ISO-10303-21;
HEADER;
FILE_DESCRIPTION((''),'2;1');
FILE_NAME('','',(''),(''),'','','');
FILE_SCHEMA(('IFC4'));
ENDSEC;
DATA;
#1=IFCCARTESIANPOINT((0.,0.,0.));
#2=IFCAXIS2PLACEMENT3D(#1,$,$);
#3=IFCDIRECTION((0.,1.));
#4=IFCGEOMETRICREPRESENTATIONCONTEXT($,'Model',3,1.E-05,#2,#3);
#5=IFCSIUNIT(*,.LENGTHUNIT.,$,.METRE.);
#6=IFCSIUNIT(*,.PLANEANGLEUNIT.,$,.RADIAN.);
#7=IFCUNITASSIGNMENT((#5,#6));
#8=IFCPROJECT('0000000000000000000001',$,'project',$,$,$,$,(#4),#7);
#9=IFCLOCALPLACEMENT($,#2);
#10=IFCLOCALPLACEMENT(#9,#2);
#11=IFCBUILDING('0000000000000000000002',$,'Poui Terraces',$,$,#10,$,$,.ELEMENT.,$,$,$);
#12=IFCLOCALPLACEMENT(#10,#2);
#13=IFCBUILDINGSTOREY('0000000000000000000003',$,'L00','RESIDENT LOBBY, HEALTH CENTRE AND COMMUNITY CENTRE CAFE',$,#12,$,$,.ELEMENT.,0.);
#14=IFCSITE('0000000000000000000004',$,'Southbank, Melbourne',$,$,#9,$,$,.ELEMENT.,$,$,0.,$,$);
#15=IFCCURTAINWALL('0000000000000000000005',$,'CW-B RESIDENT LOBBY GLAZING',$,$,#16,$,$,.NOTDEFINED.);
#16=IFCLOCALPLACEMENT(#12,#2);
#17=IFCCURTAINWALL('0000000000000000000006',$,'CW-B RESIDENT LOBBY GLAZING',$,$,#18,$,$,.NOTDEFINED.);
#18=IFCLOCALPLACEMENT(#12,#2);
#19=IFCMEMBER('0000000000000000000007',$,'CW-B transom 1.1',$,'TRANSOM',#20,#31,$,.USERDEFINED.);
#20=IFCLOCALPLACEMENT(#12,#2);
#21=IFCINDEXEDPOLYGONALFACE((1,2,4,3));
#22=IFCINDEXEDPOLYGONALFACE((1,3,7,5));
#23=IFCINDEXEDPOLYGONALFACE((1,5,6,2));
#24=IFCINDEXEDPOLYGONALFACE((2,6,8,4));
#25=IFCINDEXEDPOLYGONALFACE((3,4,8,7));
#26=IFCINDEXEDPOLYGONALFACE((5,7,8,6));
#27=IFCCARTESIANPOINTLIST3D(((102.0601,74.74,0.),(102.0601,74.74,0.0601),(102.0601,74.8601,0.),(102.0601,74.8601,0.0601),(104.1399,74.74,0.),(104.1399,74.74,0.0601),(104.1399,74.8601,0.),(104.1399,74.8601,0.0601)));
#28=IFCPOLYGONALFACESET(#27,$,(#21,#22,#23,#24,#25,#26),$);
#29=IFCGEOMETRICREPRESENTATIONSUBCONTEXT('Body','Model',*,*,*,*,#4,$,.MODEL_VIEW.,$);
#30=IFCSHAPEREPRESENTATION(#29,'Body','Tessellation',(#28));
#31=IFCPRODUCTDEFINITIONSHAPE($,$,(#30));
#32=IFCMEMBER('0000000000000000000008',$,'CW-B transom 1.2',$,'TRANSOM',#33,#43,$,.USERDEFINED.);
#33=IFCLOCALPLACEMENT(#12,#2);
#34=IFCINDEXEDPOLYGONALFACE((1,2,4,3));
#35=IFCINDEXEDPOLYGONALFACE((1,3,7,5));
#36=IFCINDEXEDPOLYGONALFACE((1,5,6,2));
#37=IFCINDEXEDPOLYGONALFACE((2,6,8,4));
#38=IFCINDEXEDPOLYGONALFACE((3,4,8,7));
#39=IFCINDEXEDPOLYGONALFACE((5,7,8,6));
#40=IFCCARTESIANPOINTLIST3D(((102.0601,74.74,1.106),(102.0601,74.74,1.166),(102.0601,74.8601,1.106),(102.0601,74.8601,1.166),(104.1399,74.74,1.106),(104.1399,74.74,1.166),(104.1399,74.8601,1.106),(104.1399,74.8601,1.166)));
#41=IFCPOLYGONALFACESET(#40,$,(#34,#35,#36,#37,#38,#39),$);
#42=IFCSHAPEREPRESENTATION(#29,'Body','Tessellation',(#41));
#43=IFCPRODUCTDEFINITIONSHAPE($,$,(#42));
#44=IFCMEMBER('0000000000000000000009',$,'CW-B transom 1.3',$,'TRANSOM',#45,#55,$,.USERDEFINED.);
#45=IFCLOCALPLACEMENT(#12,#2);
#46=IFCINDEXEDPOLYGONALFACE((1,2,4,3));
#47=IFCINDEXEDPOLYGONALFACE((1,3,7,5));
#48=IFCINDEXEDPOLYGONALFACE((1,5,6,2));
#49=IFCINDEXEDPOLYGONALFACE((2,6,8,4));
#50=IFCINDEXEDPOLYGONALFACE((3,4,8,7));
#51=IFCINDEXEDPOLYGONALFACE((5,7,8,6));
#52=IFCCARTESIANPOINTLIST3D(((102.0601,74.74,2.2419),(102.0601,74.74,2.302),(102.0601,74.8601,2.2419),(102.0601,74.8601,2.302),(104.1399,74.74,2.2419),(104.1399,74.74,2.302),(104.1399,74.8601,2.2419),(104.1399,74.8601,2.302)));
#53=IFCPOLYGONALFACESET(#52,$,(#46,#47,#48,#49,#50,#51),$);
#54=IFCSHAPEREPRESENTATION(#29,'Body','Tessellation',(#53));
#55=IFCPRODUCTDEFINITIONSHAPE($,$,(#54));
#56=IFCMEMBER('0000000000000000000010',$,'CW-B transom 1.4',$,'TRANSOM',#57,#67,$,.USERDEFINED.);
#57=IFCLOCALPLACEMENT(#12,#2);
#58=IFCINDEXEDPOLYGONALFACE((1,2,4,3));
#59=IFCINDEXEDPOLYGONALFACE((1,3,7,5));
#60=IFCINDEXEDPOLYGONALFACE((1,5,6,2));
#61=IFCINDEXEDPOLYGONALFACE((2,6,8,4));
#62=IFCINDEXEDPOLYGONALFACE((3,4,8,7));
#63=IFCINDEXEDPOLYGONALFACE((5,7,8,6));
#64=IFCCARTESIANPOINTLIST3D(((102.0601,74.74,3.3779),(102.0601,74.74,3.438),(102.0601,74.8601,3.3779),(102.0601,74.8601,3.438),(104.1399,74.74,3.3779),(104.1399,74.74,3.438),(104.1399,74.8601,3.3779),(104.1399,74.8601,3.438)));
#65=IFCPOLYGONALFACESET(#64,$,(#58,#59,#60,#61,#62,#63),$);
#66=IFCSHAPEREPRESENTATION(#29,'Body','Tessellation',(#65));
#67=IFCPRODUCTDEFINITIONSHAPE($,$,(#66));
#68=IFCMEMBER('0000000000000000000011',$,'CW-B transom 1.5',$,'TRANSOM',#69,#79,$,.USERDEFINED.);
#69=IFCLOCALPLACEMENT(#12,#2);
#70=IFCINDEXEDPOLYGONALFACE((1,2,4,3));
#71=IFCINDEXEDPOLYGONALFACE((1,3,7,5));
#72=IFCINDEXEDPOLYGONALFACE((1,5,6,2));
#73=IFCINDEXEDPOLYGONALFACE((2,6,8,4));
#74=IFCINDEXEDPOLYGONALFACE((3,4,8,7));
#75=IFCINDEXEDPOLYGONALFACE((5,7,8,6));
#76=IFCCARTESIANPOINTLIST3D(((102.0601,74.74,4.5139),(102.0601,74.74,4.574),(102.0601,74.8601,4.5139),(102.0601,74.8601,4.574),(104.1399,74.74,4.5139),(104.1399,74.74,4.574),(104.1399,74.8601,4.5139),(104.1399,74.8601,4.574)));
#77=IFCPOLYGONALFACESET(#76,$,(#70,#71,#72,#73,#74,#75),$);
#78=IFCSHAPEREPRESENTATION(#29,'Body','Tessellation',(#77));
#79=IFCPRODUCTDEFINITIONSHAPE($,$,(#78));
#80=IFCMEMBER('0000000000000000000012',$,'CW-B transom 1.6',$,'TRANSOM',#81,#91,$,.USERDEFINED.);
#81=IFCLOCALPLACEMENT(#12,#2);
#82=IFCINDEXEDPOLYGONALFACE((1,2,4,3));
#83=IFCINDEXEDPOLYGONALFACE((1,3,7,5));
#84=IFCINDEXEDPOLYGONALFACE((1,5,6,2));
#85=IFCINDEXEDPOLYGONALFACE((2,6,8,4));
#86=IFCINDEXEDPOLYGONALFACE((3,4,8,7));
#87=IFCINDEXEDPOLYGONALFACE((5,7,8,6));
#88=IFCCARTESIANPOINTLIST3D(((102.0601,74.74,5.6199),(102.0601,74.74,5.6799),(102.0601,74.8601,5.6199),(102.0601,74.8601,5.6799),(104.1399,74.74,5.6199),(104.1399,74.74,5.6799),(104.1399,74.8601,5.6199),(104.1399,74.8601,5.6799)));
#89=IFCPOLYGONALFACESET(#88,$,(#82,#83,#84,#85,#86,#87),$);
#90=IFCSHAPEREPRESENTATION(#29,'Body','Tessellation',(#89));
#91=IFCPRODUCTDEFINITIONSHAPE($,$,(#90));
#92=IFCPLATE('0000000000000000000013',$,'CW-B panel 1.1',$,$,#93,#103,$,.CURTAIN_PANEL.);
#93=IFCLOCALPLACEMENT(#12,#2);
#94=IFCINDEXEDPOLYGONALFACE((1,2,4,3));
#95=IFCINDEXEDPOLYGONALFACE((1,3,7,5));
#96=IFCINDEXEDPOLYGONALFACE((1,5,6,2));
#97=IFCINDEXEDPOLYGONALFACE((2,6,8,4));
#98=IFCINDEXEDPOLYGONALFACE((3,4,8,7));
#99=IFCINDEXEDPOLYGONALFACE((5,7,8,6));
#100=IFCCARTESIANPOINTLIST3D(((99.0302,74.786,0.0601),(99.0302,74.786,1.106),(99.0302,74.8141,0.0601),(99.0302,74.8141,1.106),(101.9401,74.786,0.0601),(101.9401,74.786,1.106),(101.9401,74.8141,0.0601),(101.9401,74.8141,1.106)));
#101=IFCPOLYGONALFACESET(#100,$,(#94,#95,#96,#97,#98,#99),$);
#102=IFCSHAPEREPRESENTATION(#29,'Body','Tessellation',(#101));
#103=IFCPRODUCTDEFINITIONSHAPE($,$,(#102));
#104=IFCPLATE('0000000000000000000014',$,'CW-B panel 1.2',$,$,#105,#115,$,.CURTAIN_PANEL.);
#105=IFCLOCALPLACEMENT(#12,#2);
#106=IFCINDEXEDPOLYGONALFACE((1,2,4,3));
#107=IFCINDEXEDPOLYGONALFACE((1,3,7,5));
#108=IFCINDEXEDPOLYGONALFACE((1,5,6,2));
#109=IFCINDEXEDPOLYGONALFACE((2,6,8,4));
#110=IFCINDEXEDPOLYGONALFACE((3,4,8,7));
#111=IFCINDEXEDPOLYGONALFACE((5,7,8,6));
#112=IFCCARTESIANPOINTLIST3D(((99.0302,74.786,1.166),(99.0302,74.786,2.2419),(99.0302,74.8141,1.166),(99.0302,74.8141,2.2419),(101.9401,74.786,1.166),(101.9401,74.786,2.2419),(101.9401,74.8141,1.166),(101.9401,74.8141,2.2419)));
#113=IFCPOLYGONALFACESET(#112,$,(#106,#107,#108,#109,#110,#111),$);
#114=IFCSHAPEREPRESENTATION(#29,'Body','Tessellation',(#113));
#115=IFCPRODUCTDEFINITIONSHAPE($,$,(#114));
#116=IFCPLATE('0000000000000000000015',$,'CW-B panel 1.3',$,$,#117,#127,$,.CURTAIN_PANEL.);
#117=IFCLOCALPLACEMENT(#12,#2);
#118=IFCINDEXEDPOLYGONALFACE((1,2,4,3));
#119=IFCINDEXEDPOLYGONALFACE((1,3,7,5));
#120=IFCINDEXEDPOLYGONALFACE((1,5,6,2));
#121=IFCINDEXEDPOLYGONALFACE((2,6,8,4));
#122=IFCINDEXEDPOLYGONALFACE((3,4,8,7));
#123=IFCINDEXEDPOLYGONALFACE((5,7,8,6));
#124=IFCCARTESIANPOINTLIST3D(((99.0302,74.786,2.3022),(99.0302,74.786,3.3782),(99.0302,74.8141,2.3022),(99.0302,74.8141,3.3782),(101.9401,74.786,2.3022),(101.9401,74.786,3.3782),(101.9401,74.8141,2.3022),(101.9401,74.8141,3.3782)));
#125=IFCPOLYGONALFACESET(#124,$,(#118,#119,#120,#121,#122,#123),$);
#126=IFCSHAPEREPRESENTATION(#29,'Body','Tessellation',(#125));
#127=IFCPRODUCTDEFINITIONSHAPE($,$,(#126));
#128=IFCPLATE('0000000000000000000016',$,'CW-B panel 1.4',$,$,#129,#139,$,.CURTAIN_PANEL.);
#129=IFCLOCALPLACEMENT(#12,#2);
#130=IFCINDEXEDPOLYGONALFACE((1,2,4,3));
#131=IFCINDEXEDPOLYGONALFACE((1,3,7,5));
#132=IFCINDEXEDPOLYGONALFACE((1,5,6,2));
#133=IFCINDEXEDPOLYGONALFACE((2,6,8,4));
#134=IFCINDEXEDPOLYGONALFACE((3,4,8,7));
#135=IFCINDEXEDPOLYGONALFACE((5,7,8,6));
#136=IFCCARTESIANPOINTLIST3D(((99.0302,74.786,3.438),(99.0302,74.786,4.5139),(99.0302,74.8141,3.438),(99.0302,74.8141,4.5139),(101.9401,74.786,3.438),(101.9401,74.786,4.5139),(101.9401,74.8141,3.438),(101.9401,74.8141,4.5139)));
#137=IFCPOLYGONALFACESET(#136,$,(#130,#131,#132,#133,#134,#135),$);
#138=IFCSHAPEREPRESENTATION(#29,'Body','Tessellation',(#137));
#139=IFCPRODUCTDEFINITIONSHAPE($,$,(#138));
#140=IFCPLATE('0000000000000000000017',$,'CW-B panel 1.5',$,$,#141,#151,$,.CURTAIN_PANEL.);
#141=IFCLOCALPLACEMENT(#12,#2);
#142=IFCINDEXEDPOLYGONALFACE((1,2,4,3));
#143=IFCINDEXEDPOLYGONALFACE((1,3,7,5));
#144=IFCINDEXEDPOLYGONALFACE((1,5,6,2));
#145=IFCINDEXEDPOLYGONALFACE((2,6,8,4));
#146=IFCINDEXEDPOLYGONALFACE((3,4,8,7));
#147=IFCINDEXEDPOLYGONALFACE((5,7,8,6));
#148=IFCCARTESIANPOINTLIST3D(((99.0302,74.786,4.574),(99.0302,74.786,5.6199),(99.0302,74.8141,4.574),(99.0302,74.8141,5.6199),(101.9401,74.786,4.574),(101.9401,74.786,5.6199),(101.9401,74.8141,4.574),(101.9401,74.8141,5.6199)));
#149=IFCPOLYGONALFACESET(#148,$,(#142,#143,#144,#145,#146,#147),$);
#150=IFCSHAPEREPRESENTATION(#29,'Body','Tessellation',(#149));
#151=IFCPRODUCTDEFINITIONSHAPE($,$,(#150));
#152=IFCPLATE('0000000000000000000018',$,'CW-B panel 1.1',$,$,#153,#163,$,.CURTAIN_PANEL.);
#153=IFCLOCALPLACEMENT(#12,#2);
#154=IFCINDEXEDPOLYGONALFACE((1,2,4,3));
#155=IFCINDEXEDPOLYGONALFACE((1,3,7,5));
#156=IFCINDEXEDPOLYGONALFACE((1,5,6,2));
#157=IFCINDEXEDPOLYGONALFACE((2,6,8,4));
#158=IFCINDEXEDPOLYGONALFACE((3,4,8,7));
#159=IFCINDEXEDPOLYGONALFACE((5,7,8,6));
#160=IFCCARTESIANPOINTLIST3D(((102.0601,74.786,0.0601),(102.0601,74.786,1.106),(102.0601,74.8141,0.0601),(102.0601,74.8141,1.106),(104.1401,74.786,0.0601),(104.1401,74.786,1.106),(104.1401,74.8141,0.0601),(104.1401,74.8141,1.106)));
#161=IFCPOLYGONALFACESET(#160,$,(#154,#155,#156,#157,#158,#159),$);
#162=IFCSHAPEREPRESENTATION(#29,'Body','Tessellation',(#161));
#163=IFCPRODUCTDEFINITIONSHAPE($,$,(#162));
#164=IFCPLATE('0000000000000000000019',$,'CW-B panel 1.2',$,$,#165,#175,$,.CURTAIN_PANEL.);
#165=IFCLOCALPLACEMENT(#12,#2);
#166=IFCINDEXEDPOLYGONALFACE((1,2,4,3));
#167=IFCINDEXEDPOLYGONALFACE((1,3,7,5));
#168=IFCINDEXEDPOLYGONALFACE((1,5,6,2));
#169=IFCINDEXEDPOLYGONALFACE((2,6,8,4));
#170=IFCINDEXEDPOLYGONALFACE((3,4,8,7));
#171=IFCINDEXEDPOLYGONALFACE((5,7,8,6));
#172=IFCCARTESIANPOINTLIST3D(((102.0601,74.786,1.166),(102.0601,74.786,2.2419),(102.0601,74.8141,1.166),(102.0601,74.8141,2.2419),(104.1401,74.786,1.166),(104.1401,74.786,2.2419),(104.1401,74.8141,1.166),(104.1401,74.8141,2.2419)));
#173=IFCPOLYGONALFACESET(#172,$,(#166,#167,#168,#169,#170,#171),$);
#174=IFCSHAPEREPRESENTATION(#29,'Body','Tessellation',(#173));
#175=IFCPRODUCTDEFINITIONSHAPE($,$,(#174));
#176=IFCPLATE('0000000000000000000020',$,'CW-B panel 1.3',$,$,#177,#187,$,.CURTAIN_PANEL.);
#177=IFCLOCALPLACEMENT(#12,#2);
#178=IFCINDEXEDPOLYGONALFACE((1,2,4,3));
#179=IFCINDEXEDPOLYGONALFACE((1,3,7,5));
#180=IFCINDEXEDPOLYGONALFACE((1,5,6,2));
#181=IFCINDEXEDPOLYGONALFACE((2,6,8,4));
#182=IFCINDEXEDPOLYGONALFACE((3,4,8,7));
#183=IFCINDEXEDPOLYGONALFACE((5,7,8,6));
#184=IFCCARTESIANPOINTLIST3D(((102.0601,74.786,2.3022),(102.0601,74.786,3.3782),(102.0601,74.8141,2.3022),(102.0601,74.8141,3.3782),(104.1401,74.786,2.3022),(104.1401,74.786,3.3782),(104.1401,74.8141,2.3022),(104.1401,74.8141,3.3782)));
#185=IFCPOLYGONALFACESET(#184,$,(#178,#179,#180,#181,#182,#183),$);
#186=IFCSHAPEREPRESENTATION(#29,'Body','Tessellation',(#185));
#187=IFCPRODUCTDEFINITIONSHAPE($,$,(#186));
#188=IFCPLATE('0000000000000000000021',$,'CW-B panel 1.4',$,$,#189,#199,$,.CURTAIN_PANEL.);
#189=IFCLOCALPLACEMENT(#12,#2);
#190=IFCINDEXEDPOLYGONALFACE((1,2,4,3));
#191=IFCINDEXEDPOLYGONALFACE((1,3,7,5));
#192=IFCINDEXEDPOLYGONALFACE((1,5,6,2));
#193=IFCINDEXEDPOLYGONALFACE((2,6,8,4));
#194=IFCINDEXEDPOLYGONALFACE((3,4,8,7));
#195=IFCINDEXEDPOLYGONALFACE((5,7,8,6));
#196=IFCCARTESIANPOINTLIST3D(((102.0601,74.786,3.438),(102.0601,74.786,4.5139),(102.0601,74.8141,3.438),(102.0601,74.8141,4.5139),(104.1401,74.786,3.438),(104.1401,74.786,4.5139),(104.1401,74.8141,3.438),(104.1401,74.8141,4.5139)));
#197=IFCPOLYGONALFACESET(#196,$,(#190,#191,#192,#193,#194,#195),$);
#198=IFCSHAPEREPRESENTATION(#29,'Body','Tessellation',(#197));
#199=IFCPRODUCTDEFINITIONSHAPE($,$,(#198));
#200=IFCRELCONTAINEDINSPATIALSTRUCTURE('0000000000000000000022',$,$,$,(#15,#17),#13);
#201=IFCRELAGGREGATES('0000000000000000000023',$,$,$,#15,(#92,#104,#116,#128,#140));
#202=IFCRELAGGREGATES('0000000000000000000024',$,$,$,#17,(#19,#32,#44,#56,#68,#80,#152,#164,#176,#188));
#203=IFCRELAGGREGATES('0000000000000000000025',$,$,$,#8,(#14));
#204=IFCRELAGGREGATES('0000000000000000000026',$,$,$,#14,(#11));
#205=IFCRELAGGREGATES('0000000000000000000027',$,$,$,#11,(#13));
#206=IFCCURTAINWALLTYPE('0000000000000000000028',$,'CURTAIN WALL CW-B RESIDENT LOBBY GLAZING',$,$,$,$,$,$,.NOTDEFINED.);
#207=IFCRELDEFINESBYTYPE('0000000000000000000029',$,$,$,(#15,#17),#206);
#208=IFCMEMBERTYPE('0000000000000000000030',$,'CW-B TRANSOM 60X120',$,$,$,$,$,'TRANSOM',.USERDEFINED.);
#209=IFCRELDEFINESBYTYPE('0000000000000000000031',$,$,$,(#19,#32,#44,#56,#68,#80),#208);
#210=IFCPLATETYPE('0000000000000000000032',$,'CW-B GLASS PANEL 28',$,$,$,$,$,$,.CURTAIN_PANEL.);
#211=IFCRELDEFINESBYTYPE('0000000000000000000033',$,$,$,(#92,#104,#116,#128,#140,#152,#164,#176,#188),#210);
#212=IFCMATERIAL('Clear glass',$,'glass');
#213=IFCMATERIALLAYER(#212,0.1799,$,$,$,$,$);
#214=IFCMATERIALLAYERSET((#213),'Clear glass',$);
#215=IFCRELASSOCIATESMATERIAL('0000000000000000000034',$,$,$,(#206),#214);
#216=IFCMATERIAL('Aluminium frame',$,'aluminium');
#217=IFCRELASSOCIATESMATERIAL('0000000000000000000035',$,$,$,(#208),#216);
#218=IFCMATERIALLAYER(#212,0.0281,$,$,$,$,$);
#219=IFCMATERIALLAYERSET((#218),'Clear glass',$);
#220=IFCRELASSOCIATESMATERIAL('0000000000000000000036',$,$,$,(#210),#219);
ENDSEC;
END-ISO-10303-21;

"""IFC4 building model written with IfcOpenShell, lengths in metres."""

from ifc_helpers import new_model, si_unit, direction, frame, origin, origin_2d, place, context, subcontext, project, spatial, rectangle, extrude, material, layer, layer_set, material_profile, profile_set, type_object, element, aggregate, save


model = new_model("IFC4")

# Units and contexts
model_context = context("Model", 3, precision=1e-05, world=origin(), true_north=direction((0.0, 1.0)))
body_context = subcontext(model_context, "Body", "Model", "MODEL_VIEW")
ifc_project = project(units=[si_unit("LENGTHUNIT", "METRE"), si_unit("PLANEANGLEUNIT", "RADIAN")], contexts=[model_context])

# Site, building, storey
site_placement = place(None, origin())
site = spatial("IfcSite", under=ifc_project, at=site_placement, Name="Southbank, Melbourne", CompositionType="ELEMENT", RefElevation=0.0)
building_placement = place(site_placement, origin())
building = spatial("IfcBuilding", under=site, at=building_placement, Name="Poui Terraces", CompositionType="ELEMENT")
storey_placement = place(building_placement, origin())
storey = spatial("IfcBuildingStorey", under=building, at=storey_placement, Name="L00", Description="RESIDENT LOBBY, HEALTH CENTRE AND COMMUNITY CENTRE CAFE", CompositionType="ELEMENT", Elevation=0.0)

# Curtain walls
ifc_material_1 = material(Name="Clear glass", Category="glass")
ifc_layer_1 = layer(ifc_material_1, 0.1799)
ifc_layer_set_1 = layer_set([ifc_layer_1], Name="Clear glass")
curtain_wall_type = type_object("IfcCurtainWallType", Name="CURTAIN WALL CW-B RESIDENT LOBBY GLAZING", PredefinedType="NOTDEFINED", material=ifc_layer_set_1)
curtain_wall_1_placement = place(storey_placement, origin())
curtain_wall_1 = element("IfcCurtainWall", 1, at=curtain_wall_1_placement, inside=storey, type_object=curtain_wall_type, Name="CW-B RESIDENT LOBBY GLAZING", PredefinedType="NOTDEFINED")
ifc_material_2 = material(Name="Aluminium frame", Category="aluminium")
curtain_wall_2_placement = place(storey_placement, origin())
curtain_wall_2 = element("IfcCurtainWall", 2, at=curtain_wall_2_placement, inside=storey, type_object=curtain_wall_type, Name="CW-B RESIDENT LOBBY GLAZING", PredefinedType="NOTDEFINED")

# Members
ifc_material_profile_1 = material_profile(ifc_material_2, rectangle(XDim=0.1201, YDim=0.0601, at=origin_2d()), Name="CW-B TRANSOM 60X120")
ifc_profile_set_1 = profile_set([ifc_material_profile_1], Name="Aluminium frame")
member_type_1 = type_object("IfcMemberType", Name="CW-B TRANSOM 60X120", ElementType="TRANSOM", PredefinedType="USERDEFINED", material=ifc_profile_set_1)
member_1_placement = place(storey_placement, frame((104.1399, 74.8, 0.03), z_axis=(-1.0, 0.0, 0.0), x_axis=(0.0, -1.0, 0.0)))
member_1 = element("IfcMember", 3, at=member_1_placement, type_object=member_type_1, Name="CW-B transom 1.1", ObjectType="TRANSOM", PredefinedType="USERDEFINED", context=body_context, shape_type="SweptSolid", body=[
    extrude(rectangle(XDim=0.1201, YDim=0.0601, at=origin_2d()), origin(), (0.0, 0.0, 1.0), 2.0798),
])
member_2_placement = place(storey_placement, frame((104.1399, 74.8, 1.136), z_axis=(-1.0, 0.0, 0.0), x_axis=(0.0, -1.0, 0.0)))
member_2 = element("IfcMember", 4, at=member_2_placement, type_object=member_type_1, Name="CW-B transom 1.2", ObjectType="TRANSOM", PredefinedType="USERDEFINED", context=body_context, shape_type="SweptSolid", body=[
    extrude(rectangle(XDim=0.1201, YDim=0.0601, at=origin_2d()), origin(), (0.0, 0.0, 1.0), 2.0798),
])
member_3_placement = place(storey_placement, frame((104.1399, 74.8, 2.272), z_axis=(-1.0, 0.0, 0.0), x_axis=(0.0, -1.0, 0.0)))
member_3 = element("IfcMember", 5, at=member_3_placement, type_object=member_type_1, Name="CW-B transom 1.3", ObjectType="TRANSOM", PredefinedType="USERDEFINED", context=body_context, shape_type="SweptSolid", body=[
    extrude(rectangle(XDim=0.1201, YDim=0.0601, at=origin_2d()), origin(), (0.0, 0.0, 1.0), 2.0798),
])
member_4_placement = place(storey_placement, frame((104.1399, 74.8, 3.408), z_axis=(-1.0, 0.0, 0.0), x_axis=(0.0, -1.0, 0.0)))
member_4 = element("IfcMember", 6, at=member_4_placement, type_object=member_type_1, Name="CW-B transom 1.4", ObjectType="TRANSOM", PredefinedType="USERDEFINED", context=body_context, shape_type="SweptSolid", body=[
    extrude(rectangle(XDim=0.1201, YDim=0.0601, at=origin_2d()), origin(), (0.0, 0.0, 1.0), 2.0798),
])
member_5_placement = place(storey_placement, frame((104.1399, 74.8, 4.5439), z_axis=(-1.0, 0.0, 0.0), x_axis=(0.0, -1.0, 0.0)))
member_5 = element("IfcMember", 7, at=member_5_placement, type_object=member_type_1, Name="CW-B transom 1.5", ObjectType="TRANSOM", PredefinedType="USERDEFINED", context=body_context, shape_type="SweptSolid", body=[
    extrude(rectangle(XDim=0.1201, YDim=0.0601, at=origin_2d()), origin(), (0.0, 0.0, 1.0), 2.0798),
])
member_6_placement = place(storey_placement, frame((104.1399, 74.8, 5.6499), z_axis=(-1.0, 0.0, 0.0), x_axis=(0.0, -1.0, 0.0)))
member_6 = element("IfcMember", 8, at=member_6_placement, type_object=member_type_1, Name="CW-B transom 1.6", ObjectType="TRANSOM", PredefinedType="USERDEFINED", context=body_context, shape_type="SweptSolid", body=[
    extrude(rectangle(XDim=0.1201, YDim=0.0601, at=origin_2d()), origin(), (0.0, 0.0, 1.0), 2.0798),
])

# Plates
ifc_layer_2 = layer(ifc_material_1, 0.0281)
ifc_layer_set_2 = layer_set([ifc_layer_2], Name="Clear glass")
plate_type = type_object("IfcPlateType", Name="CW-B GLASS PANEL 28", PredefinedType="CURTAIN_PANEL", material=ifc_layer_set_2)
plate_1_placement = place(storey_placement, frame((100.4851, 74.8, 0.0601), z_axis=(0.0, 0.0, 1.0), x_axis=(-1.0, 0.0, 0.0)))
plate_1 = element("IfcPlate", 9, at=plate_1_placement, type_object=plate_type, Name="CW-B panel 1.1", PredefinedType="CURTAIN_PANEL", context=body_context, shape_type="SweptSolid", body=[
    extrude(rectangle(XDim=2.9099, YDim=0.0281, at=origin_2d()), origin(), (0.0, 0.0, 1.0), 1.0459),
])
plate_2_placement = place(storey_placement, frame((100.4851, 74.8, 1.166), z_axis=(0.0, 0.0, 1.0), x_axis=(-1.0, 0.0, 0.0)))
plate_2 = element("IfcPlate", 10, at=plate_2_placement, type_object=plate_type, Name="CW-B panel 1.2", PredefinedType="CURTAIN_PANEL", context=body_context, shape_type="SweptSolid", body=[
    extrude(rectangle(XDim=2.9099, YDim=0.0281, at=origin_2d()), origin(), (0.0, 0.0, 1.0), 1.0759),
])
plate_3_placement = place(storey_placement, frame((100.4851, 74.8, 2.3022), z_axis=(0.0, 0.0, 1.0), x_axis=(-1.0, 0.0, 0.0)))
plate_3 = element("IfcPlate", 11, at=plate_3_placement, type_object=plate_type, Name="CW-B panel 1.3", PredefinedType="CURTAIN_PANEL", context=body_context, shape_type="SweptSolid", body=[
    extrude(rectangle(XDim=2.9099, YDim=0.0281, at=origin_2d()), origin(), (0.0, 0.0, 1.0), 1.0759),
])
plate_4_placement = place(storey_placement, frame((100.4851, 74.8, 3.438), z_axis=(0.0, 0.0, 1.0), x_axis=(-1.0, 0.0, 0.0)))
plate_4 = element("IfcPlate", 12, at=plate_4_placement, type_object=plate_type, Name="CW-B panel 1.4", PredefinedType="CURTAIN_PANEL", context=body_context, shape_type="SweptSolid", body=[
    extrude(rectangle(XDim=2.9099, YDim=0.0281, at=origin_2d()), origin(), (0.0, 0.0, 1.0), 1.0759),
])
plate_5_placement = place(storey_placement, frame((100.4851, 74.8, 4.574), z_axis=(0.0, 0.0, 1.0), x_axis=(-1.0, 0.0, 0.0)))
plate_5 = element("IfcPlate", 13, at=plate_5_placement, type_object=plate_type, Name="CW-B panel 1.5", PredefinedType="CURTAIN_PANEL", context=body_context, shape_type="SweptSolid", body=[
    extrude(rectangle(XDim=2.9099, YDim=0.0281, at=origin_2d()), origin(), (0.0, 0.0, 1.0), 1.0459),
])
aggregate(curtain_wall_1, [plate_1, plate_2, plate_3, plate_4, plate_5])
plate_6_placement = place(storey_placement, frame((103.1001, 74.8, 0.0601), z_axis=(0.0, 0.0, 1.0), x_axis=(-1.0, 0.0, 0.0)))
plate_6 = element("IfcPlate", 14, at=plate_6_placement, type_object=plate_type, Name="CW-B panel 1.1", PredefinedType="CURTAIN_PANEL", context=body_context, shape_type="SweptSolid", body=[
    extrude(rectangle(XDim=2.0801, YDim=0.0281, at=origin_2d()), origin(), (0.0, 0.0, 1.0), 1.0459),
])
plate_7_placement = place(storey_placement, frame((103.1001, 74.8, 1.166), z_axis=(0.0, 0.0, 1.0), x_axis=(-1.0, 0.0, 0.0)))
plate_7 = element("IfcPlate", 15, at=plate_7_placement, type_object=plate_type, Name="CW-B panel 1.2", PredefinedType="CURTAIN_PANEL", context=body_context, shape_type="SweptSolid", body=[
    extrude(rectangle(XDim=2.0801, YDim=0.0281, at=origin_2d()), origin(), (0.0, 0.0, 1.0), 1.0759),
])
plate_8_placement = place(storey_placement, frame((103.1001, 74.8, 2.3022), z_axis=(0.0, 0.0, 1.0), x_axis=(-1.0, 0.0, 0.0)))
plate_8 = element("IfcPlate", 16, at=plate_8_placement, type_object=plate_type, Name="CW-B panel 1.3", PredefinedType="CURTAIN_PANEL", context=body_context, shape_type="SweptSolid", body=[
    extrude(rectangle(XDim=2.0801, YDim=0.0281, at=origin_2d()), origin(), (0.0, 0.0, 1.0), 1.0759),
])
plate_9_placement = place(storey_placement, frame((103.1001, 74.8, 3.438), z_axis=(0.0, 0.0, 1.0), x_axis=(-1.0, 0.0, 0.0)))
plate_9 = element("IfcPlate", 17, at=plate_9_placement, type_object=plate_type, Name="CW-B panel 1.4", PredefinedType="CURTAIN_PANEL", context=body_context, shape_type="SweptSolid", body=[
    extrude(rectangle(XDim=2.0801, YDim=0.0281, at=origin_2d()), origin(), (0.0, 0.0, 1.0), 1.0759),
])
aggregate(curtain_wall_2, [member_1, member_2, member_3, member_4, member_5, member_6, plate_6, plate_7, plate_8, plate_9])

save(model, "model.ifc")
